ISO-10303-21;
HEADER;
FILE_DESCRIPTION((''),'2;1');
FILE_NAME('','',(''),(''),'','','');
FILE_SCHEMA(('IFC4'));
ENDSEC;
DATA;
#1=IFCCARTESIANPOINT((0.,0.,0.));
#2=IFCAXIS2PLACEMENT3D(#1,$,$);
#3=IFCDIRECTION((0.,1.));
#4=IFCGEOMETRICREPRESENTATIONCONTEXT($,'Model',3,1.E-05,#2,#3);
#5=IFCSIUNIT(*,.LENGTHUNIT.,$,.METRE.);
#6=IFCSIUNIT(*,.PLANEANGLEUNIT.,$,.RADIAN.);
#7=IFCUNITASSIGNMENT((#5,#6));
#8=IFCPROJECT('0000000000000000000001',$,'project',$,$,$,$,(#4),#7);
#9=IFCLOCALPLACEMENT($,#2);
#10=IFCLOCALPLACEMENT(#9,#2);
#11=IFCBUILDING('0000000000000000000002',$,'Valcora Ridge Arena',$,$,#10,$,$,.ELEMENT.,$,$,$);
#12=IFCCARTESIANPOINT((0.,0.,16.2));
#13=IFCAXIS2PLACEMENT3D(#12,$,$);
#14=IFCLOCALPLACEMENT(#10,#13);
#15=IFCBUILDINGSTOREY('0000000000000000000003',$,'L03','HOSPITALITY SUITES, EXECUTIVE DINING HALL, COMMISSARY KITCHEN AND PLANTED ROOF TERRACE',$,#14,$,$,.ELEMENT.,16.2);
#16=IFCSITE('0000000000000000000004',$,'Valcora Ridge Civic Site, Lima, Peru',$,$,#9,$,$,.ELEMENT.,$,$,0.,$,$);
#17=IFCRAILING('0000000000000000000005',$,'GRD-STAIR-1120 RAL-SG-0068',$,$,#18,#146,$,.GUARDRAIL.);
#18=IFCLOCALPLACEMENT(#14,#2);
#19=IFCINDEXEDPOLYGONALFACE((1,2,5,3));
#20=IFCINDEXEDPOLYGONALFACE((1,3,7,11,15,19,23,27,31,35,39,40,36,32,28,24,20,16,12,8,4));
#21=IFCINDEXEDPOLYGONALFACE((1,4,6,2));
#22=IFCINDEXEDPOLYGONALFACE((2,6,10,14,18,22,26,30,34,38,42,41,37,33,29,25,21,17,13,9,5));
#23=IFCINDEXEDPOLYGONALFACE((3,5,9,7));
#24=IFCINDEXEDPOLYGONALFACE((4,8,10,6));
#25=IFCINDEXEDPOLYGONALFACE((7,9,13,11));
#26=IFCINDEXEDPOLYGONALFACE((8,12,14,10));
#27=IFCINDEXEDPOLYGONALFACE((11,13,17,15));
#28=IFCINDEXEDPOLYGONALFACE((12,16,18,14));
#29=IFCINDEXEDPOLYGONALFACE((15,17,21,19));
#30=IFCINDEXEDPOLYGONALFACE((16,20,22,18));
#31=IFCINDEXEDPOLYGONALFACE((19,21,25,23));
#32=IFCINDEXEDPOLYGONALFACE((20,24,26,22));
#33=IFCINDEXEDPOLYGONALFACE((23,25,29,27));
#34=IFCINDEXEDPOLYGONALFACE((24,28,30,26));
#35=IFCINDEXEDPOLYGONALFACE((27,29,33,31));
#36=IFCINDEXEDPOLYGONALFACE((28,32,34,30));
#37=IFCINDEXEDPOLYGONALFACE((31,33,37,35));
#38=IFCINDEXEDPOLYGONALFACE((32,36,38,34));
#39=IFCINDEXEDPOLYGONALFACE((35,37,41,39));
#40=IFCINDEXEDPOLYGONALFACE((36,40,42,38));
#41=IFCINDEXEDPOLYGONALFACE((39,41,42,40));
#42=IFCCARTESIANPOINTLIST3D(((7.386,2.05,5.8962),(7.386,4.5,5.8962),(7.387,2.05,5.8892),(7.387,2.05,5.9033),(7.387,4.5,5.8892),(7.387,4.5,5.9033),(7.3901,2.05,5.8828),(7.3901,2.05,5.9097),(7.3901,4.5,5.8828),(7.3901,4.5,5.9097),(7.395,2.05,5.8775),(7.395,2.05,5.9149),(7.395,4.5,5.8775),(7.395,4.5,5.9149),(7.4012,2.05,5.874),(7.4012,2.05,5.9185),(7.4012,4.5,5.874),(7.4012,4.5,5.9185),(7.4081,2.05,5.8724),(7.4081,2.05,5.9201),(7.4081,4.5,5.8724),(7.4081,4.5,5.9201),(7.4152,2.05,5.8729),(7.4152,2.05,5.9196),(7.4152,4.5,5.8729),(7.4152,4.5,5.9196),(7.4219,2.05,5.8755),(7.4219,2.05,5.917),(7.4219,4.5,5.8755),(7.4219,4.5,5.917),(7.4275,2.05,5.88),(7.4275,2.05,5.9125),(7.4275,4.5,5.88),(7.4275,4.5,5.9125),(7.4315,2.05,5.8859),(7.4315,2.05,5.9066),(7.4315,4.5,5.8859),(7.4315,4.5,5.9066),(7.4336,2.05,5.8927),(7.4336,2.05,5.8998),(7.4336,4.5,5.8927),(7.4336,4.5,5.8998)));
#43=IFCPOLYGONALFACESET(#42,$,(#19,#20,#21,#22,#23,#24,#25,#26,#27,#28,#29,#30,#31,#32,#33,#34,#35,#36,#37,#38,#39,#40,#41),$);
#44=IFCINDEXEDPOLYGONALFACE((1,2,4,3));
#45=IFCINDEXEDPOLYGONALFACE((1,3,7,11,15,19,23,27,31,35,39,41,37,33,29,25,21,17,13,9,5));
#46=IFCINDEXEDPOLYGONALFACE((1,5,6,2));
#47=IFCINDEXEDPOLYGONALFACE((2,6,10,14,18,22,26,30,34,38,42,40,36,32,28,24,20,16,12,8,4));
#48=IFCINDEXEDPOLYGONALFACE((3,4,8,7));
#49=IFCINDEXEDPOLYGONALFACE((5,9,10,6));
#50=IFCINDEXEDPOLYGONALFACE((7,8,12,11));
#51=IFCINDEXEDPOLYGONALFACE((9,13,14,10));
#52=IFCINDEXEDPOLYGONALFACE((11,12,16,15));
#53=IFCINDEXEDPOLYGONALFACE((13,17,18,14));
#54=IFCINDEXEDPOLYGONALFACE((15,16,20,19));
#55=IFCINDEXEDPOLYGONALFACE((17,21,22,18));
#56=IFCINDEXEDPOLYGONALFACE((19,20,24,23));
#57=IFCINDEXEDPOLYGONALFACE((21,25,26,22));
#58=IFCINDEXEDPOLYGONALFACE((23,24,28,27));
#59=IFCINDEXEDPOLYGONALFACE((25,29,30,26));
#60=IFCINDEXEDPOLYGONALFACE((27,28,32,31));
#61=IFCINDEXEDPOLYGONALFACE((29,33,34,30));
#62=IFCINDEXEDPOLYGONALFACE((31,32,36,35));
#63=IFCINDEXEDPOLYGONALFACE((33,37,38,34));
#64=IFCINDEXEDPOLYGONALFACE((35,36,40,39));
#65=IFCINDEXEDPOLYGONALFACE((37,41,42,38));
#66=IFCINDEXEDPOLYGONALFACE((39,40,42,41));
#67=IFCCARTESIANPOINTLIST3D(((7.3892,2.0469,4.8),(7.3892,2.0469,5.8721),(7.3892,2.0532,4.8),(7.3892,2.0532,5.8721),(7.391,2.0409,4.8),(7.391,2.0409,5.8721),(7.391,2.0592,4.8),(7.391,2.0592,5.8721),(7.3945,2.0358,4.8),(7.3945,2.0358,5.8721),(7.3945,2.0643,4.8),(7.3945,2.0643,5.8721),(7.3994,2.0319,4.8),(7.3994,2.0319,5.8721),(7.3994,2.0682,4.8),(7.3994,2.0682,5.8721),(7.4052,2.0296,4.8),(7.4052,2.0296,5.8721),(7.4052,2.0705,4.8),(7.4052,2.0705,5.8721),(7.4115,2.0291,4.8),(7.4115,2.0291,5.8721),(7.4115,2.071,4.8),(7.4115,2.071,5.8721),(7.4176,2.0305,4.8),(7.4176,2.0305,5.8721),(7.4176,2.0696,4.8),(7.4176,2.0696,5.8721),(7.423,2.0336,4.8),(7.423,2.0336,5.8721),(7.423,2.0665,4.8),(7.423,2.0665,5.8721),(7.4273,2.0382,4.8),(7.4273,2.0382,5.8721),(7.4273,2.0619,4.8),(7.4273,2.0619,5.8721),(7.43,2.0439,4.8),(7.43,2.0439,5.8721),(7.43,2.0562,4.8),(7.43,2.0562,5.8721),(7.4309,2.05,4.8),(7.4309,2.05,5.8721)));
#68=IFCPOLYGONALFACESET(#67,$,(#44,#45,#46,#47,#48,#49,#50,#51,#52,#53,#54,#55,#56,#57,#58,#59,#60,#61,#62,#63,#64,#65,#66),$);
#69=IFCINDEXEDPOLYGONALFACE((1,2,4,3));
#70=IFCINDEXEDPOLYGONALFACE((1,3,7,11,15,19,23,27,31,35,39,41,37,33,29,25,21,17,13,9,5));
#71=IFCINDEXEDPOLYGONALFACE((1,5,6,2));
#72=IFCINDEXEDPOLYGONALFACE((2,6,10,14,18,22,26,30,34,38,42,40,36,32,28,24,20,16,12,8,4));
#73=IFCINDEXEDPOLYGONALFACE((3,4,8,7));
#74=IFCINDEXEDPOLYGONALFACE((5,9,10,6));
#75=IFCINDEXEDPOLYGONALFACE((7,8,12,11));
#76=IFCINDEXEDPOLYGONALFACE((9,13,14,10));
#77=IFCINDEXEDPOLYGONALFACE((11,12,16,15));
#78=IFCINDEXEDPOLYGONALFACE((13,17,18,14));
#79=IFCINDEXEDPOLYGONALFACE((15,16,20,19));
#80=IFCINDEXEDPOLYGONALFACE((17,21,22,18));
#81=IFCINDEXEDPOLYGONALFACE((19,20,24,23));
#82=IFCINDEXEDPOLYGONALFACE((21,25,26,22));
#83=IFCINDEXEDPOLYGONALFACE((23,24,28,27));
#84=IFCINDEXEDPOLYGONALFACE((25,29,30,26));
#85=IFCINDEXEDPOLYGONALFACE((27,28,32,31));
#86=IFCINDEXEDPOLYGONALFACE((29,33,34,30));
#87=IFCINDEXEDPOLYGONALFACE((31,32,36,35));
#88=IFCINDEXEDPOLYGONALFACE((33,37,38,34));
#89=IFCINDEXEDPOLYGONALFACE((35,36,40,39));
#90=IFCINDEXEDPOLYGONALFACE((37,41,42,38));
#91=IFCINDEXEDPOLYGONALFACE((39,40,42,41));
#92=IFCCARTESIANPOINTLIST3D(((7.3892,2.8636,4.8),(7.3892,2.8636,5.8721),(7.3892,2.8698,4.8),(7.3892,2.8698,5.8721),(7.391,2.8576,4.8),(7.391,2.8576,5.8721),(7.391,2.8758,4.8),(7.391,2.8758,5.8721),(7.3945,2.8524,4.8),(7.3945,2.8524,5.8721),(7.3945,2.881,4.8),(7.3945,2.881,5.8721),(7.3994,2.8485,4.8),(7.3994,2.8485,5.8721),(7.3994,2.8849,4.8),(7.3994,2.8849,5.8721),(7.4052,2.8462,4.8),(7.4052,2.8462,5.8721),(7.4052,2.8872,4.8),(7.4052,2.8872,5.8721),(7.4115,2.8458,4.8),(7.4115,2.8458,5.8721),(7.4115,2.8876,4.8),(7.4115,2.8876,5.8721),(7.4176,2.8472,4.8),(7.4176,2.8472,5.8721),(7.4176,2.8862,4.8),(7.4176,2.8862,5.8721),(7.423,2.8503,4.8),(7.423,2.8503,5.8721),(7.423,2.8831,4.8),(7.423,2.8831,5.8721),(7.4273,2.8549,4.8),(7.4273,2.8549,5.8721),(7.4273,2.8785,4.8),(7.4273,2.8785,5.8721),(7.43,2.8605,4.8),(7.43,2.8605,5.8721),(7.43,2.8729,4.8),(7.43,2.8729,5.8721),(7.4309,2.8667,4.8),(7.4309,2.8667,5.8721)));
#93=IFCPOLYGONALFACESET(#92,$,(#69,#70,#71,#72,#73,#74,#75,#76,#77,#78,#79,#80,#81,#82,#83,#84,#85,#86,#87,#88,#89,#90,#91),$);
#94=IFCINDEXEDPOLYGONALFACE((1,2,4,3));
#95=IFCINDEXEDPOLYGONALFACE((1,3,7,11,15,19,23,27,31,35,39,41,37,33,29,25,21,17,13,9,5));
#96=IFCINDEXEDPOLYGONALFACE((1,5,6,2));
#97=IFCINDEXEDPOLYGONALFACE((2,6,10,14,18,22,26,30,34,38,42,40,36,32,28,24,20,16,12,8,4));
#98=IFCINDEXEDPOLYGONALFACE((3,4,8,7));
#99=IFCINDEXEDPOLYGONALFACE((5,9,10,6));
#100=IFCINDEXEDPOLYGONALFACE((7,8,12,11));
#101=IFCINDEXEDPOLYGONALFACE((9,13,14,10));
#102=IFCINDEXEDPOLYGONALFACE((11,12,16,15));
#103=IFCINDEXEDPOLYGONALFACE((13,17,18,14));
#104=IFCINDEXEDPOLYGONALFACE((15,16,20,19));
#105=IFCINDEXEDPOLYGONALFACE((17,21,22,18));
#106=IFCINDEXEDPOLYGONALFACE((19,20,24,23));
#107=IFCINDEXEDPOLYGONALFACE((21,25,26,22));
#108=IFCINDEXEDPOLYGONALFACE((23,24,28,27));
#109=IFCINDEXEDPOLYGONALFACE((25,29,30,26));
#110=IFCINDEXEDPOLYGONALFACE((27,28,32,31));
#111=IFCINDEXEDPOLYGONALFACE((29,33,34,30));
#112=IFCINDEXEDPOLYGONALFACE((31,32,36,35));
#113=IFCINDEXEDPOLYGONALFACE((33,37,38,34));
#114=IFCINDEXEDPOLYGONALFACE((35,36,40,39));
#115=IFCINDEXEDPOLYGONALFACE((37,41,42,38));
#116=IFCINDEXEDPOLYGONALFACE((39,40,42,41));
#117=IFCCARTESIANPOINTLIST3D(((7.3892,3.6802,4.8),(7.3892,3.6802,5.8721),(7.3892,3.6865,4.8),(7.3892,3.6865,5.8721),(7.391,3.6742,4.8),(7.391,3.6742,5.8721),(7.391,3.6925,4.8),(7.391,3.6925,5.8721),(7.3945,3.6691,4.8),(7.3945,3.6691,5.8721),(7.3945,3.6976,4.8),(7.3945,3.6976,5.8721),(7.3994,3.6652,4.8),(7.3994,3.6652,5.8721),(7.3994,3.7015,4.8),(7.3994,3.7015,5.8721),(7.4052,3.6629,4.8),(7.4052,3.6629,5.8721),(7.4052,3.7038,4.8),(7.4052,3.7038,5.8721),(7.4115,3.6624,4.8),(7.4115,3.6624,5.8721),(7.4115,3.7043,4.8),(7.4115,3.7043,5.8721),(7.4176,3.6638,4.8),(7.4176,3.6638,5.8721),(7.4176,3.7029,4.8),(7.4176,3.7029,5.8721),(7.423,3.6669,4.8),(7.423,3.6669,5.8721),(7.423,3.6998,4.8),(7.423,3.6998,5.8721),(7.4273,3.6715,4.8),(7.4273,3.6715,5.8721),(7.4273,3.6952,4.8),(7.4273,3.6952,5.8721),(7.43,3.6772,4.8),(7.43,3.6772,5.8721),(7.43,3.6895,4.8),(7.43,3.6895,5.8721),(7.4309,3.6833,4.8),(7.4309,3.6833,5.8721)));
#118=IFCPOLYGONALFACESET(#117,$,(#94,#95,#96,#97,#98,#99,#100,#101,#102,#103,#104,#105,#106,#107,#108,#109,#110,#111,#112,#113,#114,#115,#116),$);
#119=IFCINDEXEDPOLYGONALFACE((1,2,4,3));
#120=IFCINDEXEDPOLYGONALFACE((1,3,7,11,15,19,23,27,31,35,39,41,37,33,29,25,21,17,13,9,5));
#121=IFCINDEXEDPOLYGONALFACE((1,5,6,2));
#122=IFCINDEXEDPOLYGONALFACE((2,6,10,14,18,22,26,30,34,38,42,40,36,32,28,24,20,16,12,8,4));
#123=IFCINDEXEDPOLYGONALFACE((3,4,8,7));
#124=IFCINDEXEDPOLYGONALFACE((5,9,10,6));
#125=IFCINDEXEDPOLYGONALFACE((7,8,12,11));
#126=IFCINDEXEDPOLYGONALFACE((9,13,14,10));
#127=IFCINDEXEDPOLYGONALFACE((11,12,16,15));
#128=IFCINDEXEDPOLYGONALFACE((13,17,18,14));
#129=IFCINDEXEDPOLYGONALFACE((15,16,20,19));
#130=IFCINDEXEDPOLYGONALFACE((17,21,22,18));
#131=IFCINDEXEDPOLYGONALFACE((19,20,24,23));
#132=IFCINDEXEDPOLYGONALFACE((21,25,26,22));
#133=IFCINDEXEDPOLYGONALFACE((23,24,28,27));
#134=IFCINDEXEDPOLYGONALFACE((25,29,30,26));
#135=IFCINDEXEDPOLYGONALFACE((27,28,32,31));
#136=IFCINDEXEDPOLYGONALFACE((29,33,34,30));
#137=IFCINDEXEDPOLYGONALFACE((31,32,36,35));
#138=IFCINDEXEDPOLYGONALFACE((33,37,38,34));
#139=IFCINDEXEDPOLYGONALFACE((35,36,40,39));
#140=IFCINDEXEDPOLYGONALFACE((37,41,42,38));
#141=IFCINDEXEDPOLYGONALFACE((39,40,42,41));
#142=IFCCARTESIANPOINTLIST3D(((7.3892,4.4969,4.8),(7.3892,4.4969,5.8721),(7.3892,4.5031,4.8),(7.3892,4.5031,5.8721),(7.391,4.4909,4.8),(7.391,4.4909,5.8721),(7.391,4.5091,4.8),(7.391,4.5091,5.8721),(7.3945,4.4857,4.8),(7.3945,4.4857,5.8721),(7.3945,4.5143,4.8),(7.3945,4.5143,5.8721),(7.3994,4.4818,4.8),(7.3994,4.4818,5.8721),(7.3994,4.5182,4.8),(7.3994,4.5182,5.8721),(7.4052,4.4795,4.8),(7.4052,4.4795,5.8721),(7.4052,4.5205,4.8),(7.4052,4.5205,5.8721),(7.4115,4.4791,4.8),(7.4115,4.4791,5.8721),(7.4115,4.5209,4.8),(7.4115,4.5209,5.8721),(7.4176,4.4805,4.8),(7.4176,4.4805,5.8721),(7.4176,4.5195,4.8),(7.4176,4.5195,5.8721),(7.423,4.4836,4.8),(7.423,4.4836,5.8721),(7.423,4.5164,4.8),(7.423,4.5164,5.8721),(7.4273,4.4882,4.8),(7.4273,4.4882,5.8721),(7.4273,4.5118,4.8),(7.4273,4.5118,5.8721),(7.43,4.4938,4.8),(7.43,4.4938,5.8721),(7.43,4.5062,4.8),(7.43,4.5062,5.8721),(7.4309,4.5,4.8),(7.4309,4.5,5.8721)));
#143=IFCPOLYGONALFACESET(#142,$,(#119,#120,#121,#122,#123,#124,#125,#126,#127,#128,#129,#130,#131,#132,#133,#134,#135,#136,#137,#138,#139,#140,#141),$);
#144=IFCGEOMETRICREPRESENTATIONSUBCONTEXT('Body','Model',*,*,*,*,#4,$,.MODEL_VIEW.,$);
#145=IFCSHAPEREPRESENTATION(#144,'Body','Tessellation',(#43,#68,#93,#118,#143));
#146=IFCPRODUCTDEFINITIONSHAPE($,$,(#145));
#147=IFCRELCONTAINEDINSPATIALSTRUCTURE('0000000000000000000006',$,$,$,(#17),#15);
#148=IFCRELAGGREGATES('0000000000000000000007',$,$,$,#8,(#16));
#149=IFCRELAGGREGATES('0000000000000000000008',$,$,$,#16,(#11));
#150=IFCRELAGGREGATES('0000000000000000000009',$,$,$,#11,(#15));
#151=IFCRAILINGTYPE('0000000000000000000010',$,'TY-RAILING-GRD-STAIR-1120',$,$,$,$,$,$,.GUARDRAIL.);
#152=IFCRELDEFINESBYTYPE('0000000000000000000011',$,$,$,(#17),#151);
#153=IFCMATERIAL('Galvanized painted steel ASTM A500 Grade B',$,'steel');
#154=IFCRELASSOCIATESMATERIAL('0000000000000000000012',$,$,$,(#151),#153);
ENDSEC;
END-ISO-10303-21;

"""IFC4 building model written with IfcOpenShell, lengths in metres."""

from ifc_helpers import new_model, si_unit, direction, frame, origin, origin_2d, place, context, subcontext, project, spatial, circle, extrude, material, type_object, element, save


model = new_model("IFC4")

# Units and contexts
model_context = context("Model", 3, precision=1e-05, world=origin(), true_north=direction((0.0, 1.0)))
body_context = subcontext(model_context, "Body", "Model", "MODEL_VIEW")
ifc_project = project(units=[si_unit("LENGTHUNIT", "METRE"), si_unit("PLANEANGLEUNIT", "RADIAN")], contexts=[model_context])

# Site, building, storey
site_placement = place(None, origin())
site = spatial("IfcSite", under=ifc_project, at=site_placement, Name="Valcora Ridge Civic Site, Lima, Peru", CompositionType="ELEMENT", RefElevation=0.0)
building_placement = place(site_placement, origin())
building = spatial("IfcBuilding", under=site, at=building_placement, Name="Valcora Ridge Arena", CompositionType="ELEMENT")
storey_placement = place(building_placement, frame((0.0, 0.0, 16.2)))
storey = spatial("IfcBuildingStorey", under=building, at=storey_placement, Name="L03", Description="HOSPITALITY SUITES, EXECUTIVE DINING HALL, COMMISSARY KITCHEN AND PLANTED ROOF TERRACE", CompositionType="ELEMENT", Elevation=16.2)

# Railing
ifc_material_1 = material(Name="Galvanized painted steel ASTM A500 Grade B", Category="steel")
railing_type_1 = type_object("IfcRailingType", Name="TY-RAILING-GRD-STAIR-1120", PredefinedType="GUARDRAIL", material=ifc_material_1)
railing_1_placement = place(storey_placement, frame((7.4099, 2.05, 4.8)))
element("IfcRailing", 1, at=railing_1_placement, inside=storey, type_object=railing_type_1, Name="GRD-STAIR-1120 RAL-SG-0068", PredefinedType="GUARDRAIL", context=body_context, shape_type="SweptSolid", body=[
    extrude(circle(Radius=0.0239, at=origin_2d()), frame((0.0, 0.0, 1.0962), z_axis=(0.0, 1.0, 0.0), x_axis=(-1.0, 0.0, 0.0)), (0.0, 0.0, 1.0), 2.45),
    extrude(circle(Radius=0.021, at=origin_2d()), origin(), (0.0, 0.0, 1.0), 1.072),
    extrude(circle(Radius=0.021, at=origin_2d()), frame((0.0, 0.8167, 0.0)), (0.0, 0.0, 1.0), 1.072),
    extrude(circle(Radius=0.021, at=origin_2d()), frame((0.0, 1.6333, 0.0)), (0.0, 0.0, 1.0), 1.072),
    extrude(circle(Radius=0.021, at=origin_2d()), frame((0.0, 2.45, 0.0)), (0.0, 0.0, 1.0), 1.072),
])

save(model, "model.ifc")
